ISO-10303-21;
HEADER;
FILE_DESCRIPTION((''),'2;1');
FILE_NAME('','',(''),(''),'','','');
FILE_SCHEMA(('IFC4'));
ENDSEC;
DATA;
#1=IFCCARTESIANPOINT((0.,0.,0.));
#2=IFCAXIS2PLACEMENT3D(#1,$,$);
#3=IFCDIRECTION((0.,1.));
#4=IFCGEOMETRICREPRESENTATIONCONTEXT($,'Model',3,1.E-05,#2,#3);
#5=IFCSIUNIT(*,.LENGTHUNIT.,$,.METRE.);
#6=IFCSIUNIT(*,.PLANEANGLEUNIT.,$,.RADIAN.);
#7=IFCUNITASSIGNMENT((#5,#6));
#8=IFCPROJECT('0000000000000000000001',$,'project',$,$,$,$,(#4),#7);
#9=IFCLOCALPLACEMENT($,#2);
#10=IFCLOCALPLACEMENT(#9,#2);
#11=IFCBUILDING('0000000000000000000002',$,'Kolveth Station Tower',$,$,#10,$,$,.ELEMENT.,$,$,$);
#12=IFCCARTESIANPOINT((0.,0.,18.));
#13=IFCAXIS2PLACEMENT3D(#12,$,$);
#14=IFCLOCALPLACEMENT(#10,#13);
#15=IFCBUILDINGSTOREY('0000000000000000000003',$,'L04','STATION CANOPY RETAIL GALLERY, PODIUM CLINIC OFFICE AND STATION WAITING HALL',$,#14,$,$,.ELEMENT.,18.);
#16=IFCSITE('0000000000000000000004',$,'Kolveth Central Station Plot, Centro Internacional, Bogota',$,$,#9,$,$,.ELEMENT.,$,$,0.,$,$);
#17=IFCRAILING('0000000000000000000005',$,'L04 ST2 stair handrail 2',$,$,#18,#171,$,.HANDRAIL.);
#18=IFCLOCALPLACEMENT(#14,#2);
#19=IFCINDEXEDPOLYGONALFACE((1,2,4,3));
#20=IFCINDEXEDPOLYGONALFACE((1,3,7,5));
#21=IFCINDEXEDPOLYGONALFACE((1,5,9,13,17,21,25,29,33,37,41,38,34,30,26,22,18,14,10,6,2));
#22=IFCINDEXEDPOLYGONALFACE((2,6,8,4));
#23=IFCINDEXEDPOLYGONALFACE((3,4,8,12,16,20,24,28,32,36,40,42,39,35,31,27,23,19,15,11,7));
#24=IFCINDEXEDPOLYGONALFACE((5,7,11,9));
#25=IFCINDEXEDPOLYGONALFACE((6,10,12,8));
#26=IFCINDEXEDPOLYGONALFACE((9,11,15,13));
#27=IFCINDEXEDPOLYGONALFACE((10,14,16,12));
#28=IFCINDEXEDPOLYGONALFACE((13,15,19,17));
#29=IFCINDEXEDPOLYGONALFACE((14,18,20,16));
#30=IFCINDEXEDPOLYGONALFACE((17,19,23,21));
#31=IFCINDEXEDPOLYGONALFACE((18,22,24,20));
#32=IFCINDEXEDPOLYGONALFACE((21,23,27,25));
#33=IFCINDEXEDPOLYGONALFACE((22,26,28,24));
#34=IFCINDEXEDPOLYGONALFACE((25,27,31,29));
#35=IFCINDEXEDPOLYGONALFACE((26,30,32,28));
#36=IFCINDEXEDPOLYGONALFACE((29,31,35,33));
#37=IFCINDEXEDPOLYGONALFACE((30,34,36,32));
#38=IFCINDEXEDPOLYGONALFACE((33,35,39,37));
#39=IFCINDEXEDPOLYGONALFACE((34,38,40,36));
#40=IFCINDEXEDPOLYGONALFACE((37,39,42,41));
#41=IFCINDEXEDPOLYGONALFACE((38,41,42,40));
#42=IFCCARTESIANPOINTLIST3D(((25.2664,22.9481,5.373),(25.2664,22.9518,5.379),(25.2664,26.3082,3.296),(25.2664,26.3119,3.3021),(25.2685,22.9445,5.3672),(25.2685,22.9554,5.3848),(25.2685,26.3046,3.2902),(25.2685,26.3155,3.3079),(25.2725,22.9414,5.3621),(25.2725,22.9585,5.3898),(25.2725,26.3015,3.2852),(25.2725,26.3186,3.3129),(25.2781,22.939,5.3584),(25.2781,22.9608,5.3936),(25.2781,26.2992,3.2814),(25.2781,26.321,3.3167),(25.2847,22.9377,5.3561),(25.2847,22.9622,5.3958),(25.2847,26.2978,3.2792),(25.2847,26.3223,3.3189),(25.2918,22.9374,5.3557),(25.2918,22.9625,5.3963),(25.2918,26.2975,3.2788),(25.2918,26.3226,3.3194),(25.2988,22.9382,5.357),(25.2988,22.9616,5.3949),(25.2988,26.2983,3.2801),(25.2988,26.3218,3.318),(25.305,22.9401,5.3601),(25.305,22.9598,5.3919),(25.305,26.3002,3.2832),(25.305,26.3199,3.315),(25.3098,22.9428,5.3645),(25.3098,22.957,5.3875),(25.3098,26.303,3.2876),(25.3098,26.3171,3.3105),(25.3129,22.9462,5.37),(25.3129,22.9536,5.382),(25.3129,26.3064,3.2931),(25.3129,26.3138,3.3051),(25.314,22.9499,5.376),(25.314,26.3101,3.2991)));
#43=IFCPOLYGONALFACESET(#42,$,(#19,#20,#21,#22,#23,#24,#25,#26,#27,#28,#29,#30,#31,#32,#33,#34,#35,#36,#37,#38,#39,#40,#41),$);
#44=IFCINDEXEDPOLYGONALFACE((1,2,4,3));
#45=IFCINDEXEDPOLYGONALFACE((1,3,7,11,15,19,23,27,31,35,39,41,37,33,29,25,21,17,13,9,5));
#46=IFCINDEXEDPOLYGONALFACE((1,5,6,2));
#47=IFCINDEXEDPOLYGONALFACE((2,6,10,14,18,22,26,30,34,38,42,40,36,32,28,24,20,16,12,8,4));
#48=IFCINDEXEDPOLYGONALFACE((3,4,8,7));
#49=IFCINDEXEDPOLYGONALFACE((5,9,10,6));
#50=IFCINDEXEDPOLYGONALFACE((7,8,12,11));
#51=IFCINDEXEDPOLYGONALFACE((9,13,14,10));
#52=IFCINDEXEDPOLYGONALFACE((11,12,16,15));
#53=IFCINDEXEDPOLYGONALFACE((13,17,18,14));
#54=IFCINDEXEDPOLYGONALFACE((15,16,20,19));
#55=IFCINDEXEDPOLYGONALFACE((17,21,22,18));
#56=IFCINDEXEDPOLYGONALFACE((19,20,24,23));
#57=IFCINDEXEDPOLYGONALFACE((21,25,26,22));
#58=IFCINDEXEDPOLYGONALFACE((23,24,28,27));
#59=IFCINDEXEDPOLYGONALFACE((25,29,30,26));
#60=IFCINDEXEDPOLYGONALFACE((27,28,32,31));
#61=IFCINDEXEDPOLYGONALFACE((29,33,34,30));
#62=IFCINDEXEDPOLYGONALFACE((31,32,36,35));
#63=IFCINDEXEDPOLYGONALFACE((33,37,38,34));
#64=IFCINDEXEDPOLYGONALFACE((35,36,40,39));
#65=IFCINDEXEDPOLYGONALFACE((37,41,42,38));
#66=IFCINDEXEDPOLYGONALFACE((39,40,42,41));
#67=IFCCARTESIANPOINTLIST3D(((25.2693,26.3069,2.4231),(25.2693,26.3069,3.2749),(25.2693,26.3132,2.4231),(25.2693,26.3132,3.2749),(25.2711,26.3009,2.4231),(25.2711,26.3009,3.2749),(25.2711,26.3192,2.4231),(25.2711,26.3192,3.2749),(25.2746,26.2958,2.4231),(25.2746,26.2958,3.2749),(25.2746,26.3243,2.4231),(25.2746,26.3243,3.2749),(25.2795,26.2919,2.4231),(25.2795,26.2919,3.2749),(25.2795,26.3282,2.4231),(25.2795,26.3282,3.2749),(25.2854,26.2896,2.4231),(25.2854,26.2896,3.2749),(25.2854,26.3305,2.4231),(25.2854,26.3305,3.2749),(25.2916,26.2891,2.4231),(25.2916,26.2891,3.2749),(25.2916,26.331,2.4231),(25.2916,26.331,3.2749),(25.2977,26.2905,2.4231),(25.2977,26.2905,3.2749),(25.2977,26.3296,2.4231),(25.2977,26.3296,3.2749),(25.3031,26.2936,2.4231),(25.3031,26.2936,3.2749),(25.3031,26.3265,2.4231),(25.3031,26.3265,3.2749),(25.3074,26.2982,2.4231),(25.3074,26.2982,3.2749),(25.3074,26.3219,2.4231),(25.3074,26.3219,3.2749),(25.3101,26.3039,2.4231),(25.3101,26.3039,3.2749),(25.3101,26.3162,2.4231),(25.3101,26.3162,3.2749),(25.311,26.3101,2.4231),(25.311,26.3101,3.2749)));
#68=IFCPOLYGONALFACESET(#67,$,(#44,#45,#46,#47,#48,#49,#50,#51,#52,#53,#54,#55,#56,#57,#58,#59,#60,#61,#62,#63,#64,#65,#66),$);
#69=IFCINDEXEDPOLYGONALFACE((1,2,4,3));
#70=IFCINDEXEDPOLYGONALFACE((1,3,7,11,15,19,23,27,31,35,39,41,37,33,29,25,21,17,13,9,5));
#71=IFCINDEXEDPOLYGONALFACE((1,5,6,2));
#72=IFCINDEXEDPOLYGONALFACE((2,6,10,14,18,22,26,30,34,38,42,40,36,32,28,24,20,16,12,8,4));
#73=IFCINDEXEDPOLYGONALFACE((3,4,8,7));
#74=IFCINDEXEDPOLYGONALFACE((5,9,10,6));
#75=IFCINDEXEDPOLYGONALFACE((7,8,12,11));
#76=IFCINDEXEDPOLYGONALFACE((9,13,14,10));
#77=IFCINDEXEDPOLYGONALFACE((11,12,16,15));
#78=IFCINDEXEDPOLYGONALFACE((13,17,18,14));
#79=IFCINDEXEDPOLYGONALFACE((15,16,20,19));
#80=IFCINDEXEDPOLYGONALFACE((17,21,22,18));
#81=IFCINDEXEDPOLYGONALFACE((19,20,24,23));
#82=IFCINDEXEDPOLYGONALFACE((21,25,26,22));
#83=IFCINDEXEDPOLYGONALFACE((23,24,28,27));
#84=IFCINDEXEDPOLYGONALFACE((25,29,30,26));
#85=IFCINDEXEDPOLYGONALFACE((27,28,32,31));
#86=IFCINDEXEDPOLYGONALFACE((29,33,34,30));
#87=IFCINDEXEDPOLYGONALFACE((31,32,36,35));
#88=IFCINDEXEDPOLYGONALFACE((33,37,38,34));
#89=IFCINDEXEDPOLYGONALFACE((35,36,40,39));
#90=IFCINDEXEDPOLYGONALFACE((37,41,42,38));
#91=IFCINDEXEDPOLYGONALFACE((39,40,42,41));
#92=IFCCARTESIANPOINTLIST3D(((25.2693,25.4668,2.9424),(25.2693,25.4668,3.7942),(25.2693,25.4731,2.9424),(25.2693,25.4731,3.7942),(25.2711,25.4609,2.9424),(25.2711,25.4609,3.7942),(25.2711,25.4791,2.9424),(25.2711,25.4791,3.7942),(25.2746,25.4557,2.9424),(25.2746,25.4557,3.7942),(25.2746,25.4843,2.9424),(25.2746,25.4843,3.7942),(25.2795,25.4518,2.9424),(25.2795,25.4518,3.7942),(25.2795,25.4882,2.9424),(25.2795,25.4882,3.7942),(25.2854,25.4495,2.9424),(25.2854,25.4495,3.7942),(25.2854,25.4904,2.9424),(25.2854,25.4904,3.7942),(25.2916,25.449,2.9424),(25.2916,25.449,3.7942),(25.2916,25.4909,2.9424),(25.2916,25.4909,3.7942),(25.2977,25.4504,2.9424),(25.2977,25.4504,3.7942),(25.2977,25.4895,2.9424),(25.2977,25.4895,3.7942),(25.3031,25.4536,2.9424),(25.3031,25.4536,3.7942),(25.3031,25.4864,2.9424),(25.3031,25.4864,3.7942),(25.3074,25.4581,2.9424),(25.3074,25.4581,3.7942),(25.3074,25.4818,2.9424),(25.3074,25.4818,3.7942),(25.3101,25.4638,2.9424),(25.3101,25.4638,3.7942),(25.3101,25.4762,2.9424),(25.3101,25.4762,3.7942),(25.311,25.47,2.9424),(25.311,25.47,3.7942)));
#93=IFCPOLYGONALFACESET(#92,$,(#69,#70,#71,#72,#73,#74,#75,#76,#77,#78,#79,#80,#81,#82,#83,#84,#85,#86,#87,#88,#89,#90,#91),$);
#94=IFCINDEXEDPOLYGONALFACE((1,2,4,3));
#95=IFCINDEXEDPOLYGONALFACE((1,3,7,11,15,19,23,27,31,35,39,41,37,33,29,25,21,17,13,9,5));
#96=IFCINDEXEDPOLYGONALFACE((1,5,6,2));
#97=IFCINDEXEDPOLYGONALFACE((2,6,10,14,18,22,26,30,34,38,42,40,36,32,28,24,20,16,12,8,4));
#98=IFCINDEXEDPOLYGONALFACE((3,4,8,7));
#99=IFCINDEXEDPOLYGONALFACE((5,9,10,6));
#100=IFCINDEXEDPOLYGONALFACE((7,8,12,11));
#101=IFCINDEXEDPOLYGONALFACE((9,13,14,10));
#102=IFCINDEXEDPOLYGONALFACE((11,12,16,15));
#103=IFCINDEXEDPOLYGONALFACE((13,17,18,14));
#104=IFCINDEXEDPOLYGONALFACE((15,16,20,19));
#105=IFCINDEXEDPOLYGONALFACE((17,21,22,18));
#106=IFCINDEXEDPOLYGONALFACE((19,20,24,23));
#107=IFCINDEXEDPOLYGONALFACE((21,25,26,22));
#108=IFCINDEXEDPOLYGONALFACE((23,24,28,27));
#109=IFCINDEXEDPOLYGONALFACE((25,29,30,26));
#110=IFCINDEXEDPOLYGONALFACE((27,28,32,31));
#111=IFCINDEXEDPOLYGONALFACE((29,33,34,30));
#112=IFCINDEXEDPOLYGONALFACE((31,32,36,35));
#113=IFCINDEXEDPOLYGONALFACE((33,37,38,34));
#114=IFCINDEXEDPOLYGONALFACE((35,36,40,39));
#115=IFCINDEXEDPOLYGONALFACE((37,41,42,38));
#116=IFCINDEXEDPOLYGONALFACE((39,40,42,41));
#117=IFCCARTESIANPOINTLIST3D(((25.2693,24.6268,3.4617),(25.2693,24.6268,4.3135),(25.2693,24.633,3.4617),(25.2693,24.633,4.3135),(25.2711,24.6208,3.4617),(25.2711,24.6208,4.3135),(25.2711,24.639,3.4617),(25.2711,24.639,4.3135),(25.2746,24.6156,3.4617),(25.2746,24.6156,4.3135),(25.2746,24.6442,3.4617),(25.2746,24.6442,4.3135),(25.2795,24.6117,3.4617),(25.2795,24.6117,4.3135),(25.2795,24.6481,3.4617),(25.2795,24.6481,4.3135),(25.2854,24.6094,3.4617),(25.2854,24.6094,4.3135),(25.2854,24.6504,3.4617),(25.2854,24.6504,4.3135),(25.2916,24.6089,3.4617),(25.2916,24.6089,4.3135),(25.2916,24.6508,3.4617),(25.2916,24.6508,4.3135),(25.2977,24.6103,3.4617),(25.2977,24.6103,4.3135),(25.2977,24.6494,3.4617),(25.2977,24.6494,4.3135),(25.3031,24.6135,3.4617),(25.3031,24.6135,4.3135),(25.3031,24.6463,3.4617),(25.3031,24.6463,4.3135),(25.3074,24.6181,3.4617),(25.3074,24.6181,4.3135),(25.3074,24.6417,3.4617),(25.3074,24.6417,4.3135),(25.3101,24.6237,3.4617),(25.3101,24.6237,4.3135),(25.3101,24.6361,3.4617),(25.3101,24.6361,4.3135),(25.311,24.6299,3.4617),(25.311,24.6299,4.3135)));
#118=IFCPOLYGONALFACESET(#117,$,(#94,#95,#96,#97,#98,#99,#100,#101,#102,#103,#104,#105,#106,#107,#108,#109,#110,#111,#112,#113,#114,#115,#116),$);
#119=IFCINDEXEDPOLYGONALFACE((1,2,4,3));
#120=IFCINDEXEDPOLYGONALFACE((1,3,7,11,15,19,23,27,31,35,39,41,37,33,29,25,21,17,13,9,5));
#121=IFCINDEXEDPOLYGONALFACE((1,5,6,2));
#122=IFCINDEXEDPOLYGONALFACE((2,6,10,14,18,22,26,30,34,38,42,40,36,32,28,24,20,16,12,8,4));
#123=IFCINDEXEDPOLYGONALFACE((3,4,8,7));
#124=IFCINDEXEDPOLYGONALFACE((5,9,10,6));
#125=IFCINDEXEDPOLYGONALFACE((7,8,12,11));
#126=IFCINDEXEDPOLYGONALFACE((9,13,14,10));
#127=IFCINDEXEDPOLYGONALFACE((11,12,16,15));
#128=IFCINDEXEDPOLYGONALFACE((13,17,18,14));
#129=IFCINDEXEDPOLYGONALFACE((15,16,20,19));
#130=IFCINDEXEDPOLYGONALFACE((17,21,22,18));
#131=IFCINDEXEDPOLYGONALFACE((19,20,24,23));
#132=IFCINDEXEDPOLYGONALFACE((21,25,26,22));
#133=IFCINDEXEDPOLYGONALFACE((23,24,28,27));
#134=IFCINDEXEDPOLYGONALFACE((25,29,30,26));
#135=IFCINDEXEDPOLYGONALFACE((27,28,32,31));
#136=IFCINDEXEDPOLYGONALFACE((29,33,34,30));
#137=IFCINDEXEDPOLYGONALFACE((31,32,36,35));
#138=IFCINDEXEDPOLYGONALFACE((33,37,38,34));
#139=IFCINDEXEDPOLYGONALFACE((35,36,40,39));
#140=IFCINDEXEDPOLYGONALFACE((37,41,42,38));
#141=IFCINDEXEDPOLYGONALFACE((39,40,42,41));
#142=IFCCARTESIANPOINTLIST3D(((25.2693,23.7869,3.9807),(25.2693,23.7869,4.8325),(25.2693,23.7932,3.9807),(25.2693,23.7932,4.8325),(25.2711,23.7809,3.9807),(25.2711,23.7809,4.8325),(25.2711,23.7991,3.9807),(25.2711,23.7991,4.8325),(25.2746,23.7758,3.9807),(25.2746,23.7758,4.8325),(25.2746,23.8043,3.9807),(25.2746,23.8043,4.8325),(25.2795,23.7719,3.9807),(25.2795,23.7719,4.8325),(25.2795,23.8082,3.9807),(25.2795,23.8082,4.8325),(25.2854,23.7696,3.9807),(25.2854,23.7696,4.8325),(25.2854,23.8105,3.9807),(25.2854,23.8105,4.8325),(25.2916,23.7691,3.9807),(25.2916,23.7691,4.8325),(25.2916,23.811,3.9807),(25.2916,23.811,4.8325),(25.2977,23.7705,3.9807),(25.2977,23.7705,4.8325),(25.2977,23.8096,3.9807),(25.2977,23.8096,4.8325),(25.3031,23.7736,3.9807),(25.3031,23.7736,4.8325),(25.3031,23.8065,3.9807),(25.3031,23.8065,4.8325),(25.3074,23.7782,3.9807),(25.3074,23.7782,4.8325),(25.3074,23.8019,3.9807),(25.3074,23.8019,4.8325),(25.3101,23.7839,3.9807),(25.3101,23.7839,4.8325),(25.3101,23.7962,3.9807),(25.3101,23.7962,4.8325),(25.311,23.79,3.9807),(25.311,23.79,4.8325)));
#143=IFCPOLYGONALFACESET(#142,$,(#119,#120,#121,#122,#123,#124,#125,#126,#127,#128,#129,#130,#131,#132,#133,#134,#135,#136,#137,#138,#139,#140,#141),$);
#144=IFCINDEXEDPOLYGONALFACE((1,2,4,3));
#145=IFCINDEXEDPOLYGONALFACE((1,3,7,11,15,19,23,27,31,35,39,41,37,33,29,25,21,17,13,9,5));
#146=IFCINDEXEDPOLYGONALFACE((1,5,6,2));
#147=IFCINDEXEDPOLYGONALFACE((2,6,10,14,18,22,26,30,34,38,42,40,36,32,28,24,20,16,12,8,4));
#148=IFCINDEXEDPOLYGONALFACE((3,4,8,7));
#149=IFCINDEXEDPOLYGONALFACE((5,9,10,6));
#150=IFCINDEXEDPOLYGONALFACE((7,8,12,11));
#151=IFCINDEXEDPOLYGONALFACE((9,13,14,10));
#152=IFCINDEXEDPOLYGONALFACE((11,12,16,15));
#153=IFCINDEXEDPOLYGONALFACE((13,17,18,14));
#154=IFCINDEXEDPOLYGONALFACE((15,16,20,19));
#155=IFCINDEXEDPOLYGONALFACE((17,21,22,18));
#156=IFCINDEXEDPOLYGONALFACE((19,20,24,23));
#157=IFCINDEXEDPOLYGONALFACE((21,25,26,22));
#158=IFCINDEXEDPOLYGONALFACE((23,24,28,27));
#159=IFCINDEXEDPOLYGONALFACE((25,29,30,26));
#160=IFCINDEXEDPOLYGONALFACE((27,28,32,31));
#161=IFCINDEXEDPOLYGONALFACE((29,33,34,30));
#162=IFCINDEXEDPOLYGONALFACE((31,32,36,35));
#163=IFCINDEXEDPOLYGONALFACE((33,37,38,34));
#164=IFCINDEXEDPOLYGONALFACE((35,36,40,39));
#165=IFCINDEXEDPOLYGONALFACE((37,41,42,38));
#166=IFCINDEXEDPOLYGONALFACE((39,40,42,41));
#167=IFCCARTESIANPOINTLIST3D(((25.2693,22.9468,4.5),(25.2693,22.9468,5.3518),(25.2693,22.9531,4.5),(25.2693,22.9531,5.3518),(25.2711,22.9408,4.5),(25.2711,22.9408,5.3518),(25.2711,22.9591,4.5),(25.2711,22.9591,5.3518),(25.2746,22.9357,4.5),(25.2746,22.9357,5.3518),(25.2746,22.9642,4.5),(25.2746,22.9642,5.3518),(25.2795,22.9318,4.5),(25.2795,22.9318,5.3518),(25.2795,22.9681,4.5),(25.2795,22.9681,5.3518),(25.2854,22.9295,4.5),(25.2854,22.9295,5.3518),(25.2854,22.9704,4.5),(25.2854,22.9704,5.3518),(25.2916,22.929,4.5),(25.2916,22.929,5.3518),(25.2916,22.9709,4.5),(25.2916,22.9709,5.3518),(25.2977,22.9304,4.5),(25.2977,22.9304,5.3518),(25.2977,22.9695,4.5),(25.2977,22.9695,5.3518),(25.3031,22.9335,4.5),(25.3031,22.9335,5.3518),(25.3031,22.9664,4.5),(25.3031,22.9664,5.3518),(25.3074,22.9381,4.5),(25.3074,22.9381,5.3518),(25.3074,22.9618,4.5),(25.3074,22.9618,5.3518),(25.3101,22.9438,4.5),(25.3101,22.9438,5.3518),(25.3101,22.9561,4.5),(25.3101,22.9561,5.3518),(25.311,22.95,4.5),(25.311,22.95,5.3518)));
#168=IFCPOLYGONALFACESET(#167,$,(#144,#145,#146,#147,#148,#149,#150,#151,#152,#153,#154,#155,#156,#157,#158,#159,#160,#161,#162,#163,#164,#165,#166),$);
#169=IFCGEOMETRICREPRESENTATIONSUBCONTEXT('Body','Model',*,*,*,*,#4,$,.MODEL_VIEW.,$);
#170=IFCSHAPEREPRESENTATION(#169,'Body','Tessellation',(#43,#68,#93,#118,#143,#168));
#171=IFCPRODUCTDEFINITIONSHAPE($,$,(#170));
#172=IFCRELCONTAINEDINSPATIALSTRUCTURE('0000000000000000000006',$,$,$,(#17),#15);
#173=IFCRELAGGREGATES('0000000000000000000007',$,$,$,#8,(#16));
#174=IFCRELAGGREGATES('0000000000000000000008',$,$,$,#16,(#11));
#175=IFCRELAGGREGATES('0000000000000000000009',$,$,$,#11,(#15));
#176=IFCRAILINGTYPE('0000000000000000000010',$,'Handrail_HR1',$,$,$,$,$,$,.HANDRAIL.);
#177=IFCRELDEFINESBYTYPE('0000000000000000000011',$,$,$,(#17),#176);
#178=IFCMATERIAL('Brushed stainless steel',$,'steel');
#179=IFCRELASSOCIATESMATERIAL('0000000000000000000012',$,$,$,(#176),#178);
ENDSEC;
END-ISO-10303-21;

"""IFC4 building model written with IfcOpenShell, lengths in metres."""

from ifc_helpers import new_model, si_unit, direction, frame, origin, origin_2d, place, context, subcontext, project, spatial, circle, extrude, material, type_object, element, save


model = new_model("IFC4")

# Units and contexts
model_context = context("Model", 3, precision=1e-05, world=origin(), true_north=direction((0.0, 1.0)))
body_context = subcontext(model_context, "Body", "Model", "MODEL_VIEW")
ifc_project = project(units=[si_unit("LENGTHUNIT", "METRE"), si_unit("PLANEANGLEUNIT", "RADIAN")], contexts=[model_context])

# Site, building, storey
site_placement = place(None, origin())
site = spatial("IfcSite", under=ifc_project, at=site_placement, Name="Kolveth Central Station Plot, Centro Internacional, Bogota", CompositionType="ELEMENT", RefElevation=0.0)
building_placement = place(site_placement, origin())
building = spatial("IfcBuilding", under=site, at=building_placement, Name="Kolveth Station Tower", CompositionType="ELEMENT")
storey_placement = place(building_placement, frame((0.0, 0.0, 18.0)))
storey = spatial("IfcBuildingStorey", under=building, at=storey_placement, Name="L04", Description="STATION CANOPY RETAIL GALLERY, PODIUM CLINIC OFFICE AND STATION WAITING HALL", CompositionType="ELEMENT", Elevation=18.0)

# Railing
ifc_material_1 = material(Name="Brushed stainless steel", Category="steel")
railing_type_1 = type_object("IfcRailingType", Name="Handrail_HR1", PredefinedType="HANDRAIL", material=ifc_material_1)
railing_1_placement = place(storey_placement, frame((25.29, 26.3101, 2.4231)))
element("IfcRailing", 1, at=railing_1_placement, inside=storey, type_object=railing_type_1, Name="L04 ST2 stair handrail 2", PredefinedType="HANDRAIL", context=body_context, shape_type="SweptSolid", body=[
    extrude(circle(Radius=0.0239, at=origin_2d()), frame((0.0, 0.0, 0.876), z_axis=(0.0, -0.850623, 0.525776), x_axis=(1.0, 0.0, 0.0)), (0.0, 0.0, 1.0), 3.9502),
    extrude(circle(Radius=0.021, at=origin_2d()), origin(), (0.0, 0.0, 1.0), 0.8518),
    extrude(circle(Radius=0.021, at=origin_2d()), frame((0.0, -0.8401, 0.5193)), (0.0, 0.0, 1.0), 0.8518),
    extrude(circle(Radius=0.021, at=origin_2d()), frame((0.0, -1.6802, 1.0386)), (0.0, 0.0, 1.0), 0.8518),
    extrude(circle(Radius=0.021, at=origin_2d()), frame((0.0, -2.52, 1.5576)), (0.0, 0.0, 1.0), 0.8518),
    extrude(circle(Radius=0.021, at=origin_2d()), frame((0.0, -3.3601, 2.0769)), (0.0, 0.0, 1.0), 0.8518),
])

save(model, "model.ifc")
